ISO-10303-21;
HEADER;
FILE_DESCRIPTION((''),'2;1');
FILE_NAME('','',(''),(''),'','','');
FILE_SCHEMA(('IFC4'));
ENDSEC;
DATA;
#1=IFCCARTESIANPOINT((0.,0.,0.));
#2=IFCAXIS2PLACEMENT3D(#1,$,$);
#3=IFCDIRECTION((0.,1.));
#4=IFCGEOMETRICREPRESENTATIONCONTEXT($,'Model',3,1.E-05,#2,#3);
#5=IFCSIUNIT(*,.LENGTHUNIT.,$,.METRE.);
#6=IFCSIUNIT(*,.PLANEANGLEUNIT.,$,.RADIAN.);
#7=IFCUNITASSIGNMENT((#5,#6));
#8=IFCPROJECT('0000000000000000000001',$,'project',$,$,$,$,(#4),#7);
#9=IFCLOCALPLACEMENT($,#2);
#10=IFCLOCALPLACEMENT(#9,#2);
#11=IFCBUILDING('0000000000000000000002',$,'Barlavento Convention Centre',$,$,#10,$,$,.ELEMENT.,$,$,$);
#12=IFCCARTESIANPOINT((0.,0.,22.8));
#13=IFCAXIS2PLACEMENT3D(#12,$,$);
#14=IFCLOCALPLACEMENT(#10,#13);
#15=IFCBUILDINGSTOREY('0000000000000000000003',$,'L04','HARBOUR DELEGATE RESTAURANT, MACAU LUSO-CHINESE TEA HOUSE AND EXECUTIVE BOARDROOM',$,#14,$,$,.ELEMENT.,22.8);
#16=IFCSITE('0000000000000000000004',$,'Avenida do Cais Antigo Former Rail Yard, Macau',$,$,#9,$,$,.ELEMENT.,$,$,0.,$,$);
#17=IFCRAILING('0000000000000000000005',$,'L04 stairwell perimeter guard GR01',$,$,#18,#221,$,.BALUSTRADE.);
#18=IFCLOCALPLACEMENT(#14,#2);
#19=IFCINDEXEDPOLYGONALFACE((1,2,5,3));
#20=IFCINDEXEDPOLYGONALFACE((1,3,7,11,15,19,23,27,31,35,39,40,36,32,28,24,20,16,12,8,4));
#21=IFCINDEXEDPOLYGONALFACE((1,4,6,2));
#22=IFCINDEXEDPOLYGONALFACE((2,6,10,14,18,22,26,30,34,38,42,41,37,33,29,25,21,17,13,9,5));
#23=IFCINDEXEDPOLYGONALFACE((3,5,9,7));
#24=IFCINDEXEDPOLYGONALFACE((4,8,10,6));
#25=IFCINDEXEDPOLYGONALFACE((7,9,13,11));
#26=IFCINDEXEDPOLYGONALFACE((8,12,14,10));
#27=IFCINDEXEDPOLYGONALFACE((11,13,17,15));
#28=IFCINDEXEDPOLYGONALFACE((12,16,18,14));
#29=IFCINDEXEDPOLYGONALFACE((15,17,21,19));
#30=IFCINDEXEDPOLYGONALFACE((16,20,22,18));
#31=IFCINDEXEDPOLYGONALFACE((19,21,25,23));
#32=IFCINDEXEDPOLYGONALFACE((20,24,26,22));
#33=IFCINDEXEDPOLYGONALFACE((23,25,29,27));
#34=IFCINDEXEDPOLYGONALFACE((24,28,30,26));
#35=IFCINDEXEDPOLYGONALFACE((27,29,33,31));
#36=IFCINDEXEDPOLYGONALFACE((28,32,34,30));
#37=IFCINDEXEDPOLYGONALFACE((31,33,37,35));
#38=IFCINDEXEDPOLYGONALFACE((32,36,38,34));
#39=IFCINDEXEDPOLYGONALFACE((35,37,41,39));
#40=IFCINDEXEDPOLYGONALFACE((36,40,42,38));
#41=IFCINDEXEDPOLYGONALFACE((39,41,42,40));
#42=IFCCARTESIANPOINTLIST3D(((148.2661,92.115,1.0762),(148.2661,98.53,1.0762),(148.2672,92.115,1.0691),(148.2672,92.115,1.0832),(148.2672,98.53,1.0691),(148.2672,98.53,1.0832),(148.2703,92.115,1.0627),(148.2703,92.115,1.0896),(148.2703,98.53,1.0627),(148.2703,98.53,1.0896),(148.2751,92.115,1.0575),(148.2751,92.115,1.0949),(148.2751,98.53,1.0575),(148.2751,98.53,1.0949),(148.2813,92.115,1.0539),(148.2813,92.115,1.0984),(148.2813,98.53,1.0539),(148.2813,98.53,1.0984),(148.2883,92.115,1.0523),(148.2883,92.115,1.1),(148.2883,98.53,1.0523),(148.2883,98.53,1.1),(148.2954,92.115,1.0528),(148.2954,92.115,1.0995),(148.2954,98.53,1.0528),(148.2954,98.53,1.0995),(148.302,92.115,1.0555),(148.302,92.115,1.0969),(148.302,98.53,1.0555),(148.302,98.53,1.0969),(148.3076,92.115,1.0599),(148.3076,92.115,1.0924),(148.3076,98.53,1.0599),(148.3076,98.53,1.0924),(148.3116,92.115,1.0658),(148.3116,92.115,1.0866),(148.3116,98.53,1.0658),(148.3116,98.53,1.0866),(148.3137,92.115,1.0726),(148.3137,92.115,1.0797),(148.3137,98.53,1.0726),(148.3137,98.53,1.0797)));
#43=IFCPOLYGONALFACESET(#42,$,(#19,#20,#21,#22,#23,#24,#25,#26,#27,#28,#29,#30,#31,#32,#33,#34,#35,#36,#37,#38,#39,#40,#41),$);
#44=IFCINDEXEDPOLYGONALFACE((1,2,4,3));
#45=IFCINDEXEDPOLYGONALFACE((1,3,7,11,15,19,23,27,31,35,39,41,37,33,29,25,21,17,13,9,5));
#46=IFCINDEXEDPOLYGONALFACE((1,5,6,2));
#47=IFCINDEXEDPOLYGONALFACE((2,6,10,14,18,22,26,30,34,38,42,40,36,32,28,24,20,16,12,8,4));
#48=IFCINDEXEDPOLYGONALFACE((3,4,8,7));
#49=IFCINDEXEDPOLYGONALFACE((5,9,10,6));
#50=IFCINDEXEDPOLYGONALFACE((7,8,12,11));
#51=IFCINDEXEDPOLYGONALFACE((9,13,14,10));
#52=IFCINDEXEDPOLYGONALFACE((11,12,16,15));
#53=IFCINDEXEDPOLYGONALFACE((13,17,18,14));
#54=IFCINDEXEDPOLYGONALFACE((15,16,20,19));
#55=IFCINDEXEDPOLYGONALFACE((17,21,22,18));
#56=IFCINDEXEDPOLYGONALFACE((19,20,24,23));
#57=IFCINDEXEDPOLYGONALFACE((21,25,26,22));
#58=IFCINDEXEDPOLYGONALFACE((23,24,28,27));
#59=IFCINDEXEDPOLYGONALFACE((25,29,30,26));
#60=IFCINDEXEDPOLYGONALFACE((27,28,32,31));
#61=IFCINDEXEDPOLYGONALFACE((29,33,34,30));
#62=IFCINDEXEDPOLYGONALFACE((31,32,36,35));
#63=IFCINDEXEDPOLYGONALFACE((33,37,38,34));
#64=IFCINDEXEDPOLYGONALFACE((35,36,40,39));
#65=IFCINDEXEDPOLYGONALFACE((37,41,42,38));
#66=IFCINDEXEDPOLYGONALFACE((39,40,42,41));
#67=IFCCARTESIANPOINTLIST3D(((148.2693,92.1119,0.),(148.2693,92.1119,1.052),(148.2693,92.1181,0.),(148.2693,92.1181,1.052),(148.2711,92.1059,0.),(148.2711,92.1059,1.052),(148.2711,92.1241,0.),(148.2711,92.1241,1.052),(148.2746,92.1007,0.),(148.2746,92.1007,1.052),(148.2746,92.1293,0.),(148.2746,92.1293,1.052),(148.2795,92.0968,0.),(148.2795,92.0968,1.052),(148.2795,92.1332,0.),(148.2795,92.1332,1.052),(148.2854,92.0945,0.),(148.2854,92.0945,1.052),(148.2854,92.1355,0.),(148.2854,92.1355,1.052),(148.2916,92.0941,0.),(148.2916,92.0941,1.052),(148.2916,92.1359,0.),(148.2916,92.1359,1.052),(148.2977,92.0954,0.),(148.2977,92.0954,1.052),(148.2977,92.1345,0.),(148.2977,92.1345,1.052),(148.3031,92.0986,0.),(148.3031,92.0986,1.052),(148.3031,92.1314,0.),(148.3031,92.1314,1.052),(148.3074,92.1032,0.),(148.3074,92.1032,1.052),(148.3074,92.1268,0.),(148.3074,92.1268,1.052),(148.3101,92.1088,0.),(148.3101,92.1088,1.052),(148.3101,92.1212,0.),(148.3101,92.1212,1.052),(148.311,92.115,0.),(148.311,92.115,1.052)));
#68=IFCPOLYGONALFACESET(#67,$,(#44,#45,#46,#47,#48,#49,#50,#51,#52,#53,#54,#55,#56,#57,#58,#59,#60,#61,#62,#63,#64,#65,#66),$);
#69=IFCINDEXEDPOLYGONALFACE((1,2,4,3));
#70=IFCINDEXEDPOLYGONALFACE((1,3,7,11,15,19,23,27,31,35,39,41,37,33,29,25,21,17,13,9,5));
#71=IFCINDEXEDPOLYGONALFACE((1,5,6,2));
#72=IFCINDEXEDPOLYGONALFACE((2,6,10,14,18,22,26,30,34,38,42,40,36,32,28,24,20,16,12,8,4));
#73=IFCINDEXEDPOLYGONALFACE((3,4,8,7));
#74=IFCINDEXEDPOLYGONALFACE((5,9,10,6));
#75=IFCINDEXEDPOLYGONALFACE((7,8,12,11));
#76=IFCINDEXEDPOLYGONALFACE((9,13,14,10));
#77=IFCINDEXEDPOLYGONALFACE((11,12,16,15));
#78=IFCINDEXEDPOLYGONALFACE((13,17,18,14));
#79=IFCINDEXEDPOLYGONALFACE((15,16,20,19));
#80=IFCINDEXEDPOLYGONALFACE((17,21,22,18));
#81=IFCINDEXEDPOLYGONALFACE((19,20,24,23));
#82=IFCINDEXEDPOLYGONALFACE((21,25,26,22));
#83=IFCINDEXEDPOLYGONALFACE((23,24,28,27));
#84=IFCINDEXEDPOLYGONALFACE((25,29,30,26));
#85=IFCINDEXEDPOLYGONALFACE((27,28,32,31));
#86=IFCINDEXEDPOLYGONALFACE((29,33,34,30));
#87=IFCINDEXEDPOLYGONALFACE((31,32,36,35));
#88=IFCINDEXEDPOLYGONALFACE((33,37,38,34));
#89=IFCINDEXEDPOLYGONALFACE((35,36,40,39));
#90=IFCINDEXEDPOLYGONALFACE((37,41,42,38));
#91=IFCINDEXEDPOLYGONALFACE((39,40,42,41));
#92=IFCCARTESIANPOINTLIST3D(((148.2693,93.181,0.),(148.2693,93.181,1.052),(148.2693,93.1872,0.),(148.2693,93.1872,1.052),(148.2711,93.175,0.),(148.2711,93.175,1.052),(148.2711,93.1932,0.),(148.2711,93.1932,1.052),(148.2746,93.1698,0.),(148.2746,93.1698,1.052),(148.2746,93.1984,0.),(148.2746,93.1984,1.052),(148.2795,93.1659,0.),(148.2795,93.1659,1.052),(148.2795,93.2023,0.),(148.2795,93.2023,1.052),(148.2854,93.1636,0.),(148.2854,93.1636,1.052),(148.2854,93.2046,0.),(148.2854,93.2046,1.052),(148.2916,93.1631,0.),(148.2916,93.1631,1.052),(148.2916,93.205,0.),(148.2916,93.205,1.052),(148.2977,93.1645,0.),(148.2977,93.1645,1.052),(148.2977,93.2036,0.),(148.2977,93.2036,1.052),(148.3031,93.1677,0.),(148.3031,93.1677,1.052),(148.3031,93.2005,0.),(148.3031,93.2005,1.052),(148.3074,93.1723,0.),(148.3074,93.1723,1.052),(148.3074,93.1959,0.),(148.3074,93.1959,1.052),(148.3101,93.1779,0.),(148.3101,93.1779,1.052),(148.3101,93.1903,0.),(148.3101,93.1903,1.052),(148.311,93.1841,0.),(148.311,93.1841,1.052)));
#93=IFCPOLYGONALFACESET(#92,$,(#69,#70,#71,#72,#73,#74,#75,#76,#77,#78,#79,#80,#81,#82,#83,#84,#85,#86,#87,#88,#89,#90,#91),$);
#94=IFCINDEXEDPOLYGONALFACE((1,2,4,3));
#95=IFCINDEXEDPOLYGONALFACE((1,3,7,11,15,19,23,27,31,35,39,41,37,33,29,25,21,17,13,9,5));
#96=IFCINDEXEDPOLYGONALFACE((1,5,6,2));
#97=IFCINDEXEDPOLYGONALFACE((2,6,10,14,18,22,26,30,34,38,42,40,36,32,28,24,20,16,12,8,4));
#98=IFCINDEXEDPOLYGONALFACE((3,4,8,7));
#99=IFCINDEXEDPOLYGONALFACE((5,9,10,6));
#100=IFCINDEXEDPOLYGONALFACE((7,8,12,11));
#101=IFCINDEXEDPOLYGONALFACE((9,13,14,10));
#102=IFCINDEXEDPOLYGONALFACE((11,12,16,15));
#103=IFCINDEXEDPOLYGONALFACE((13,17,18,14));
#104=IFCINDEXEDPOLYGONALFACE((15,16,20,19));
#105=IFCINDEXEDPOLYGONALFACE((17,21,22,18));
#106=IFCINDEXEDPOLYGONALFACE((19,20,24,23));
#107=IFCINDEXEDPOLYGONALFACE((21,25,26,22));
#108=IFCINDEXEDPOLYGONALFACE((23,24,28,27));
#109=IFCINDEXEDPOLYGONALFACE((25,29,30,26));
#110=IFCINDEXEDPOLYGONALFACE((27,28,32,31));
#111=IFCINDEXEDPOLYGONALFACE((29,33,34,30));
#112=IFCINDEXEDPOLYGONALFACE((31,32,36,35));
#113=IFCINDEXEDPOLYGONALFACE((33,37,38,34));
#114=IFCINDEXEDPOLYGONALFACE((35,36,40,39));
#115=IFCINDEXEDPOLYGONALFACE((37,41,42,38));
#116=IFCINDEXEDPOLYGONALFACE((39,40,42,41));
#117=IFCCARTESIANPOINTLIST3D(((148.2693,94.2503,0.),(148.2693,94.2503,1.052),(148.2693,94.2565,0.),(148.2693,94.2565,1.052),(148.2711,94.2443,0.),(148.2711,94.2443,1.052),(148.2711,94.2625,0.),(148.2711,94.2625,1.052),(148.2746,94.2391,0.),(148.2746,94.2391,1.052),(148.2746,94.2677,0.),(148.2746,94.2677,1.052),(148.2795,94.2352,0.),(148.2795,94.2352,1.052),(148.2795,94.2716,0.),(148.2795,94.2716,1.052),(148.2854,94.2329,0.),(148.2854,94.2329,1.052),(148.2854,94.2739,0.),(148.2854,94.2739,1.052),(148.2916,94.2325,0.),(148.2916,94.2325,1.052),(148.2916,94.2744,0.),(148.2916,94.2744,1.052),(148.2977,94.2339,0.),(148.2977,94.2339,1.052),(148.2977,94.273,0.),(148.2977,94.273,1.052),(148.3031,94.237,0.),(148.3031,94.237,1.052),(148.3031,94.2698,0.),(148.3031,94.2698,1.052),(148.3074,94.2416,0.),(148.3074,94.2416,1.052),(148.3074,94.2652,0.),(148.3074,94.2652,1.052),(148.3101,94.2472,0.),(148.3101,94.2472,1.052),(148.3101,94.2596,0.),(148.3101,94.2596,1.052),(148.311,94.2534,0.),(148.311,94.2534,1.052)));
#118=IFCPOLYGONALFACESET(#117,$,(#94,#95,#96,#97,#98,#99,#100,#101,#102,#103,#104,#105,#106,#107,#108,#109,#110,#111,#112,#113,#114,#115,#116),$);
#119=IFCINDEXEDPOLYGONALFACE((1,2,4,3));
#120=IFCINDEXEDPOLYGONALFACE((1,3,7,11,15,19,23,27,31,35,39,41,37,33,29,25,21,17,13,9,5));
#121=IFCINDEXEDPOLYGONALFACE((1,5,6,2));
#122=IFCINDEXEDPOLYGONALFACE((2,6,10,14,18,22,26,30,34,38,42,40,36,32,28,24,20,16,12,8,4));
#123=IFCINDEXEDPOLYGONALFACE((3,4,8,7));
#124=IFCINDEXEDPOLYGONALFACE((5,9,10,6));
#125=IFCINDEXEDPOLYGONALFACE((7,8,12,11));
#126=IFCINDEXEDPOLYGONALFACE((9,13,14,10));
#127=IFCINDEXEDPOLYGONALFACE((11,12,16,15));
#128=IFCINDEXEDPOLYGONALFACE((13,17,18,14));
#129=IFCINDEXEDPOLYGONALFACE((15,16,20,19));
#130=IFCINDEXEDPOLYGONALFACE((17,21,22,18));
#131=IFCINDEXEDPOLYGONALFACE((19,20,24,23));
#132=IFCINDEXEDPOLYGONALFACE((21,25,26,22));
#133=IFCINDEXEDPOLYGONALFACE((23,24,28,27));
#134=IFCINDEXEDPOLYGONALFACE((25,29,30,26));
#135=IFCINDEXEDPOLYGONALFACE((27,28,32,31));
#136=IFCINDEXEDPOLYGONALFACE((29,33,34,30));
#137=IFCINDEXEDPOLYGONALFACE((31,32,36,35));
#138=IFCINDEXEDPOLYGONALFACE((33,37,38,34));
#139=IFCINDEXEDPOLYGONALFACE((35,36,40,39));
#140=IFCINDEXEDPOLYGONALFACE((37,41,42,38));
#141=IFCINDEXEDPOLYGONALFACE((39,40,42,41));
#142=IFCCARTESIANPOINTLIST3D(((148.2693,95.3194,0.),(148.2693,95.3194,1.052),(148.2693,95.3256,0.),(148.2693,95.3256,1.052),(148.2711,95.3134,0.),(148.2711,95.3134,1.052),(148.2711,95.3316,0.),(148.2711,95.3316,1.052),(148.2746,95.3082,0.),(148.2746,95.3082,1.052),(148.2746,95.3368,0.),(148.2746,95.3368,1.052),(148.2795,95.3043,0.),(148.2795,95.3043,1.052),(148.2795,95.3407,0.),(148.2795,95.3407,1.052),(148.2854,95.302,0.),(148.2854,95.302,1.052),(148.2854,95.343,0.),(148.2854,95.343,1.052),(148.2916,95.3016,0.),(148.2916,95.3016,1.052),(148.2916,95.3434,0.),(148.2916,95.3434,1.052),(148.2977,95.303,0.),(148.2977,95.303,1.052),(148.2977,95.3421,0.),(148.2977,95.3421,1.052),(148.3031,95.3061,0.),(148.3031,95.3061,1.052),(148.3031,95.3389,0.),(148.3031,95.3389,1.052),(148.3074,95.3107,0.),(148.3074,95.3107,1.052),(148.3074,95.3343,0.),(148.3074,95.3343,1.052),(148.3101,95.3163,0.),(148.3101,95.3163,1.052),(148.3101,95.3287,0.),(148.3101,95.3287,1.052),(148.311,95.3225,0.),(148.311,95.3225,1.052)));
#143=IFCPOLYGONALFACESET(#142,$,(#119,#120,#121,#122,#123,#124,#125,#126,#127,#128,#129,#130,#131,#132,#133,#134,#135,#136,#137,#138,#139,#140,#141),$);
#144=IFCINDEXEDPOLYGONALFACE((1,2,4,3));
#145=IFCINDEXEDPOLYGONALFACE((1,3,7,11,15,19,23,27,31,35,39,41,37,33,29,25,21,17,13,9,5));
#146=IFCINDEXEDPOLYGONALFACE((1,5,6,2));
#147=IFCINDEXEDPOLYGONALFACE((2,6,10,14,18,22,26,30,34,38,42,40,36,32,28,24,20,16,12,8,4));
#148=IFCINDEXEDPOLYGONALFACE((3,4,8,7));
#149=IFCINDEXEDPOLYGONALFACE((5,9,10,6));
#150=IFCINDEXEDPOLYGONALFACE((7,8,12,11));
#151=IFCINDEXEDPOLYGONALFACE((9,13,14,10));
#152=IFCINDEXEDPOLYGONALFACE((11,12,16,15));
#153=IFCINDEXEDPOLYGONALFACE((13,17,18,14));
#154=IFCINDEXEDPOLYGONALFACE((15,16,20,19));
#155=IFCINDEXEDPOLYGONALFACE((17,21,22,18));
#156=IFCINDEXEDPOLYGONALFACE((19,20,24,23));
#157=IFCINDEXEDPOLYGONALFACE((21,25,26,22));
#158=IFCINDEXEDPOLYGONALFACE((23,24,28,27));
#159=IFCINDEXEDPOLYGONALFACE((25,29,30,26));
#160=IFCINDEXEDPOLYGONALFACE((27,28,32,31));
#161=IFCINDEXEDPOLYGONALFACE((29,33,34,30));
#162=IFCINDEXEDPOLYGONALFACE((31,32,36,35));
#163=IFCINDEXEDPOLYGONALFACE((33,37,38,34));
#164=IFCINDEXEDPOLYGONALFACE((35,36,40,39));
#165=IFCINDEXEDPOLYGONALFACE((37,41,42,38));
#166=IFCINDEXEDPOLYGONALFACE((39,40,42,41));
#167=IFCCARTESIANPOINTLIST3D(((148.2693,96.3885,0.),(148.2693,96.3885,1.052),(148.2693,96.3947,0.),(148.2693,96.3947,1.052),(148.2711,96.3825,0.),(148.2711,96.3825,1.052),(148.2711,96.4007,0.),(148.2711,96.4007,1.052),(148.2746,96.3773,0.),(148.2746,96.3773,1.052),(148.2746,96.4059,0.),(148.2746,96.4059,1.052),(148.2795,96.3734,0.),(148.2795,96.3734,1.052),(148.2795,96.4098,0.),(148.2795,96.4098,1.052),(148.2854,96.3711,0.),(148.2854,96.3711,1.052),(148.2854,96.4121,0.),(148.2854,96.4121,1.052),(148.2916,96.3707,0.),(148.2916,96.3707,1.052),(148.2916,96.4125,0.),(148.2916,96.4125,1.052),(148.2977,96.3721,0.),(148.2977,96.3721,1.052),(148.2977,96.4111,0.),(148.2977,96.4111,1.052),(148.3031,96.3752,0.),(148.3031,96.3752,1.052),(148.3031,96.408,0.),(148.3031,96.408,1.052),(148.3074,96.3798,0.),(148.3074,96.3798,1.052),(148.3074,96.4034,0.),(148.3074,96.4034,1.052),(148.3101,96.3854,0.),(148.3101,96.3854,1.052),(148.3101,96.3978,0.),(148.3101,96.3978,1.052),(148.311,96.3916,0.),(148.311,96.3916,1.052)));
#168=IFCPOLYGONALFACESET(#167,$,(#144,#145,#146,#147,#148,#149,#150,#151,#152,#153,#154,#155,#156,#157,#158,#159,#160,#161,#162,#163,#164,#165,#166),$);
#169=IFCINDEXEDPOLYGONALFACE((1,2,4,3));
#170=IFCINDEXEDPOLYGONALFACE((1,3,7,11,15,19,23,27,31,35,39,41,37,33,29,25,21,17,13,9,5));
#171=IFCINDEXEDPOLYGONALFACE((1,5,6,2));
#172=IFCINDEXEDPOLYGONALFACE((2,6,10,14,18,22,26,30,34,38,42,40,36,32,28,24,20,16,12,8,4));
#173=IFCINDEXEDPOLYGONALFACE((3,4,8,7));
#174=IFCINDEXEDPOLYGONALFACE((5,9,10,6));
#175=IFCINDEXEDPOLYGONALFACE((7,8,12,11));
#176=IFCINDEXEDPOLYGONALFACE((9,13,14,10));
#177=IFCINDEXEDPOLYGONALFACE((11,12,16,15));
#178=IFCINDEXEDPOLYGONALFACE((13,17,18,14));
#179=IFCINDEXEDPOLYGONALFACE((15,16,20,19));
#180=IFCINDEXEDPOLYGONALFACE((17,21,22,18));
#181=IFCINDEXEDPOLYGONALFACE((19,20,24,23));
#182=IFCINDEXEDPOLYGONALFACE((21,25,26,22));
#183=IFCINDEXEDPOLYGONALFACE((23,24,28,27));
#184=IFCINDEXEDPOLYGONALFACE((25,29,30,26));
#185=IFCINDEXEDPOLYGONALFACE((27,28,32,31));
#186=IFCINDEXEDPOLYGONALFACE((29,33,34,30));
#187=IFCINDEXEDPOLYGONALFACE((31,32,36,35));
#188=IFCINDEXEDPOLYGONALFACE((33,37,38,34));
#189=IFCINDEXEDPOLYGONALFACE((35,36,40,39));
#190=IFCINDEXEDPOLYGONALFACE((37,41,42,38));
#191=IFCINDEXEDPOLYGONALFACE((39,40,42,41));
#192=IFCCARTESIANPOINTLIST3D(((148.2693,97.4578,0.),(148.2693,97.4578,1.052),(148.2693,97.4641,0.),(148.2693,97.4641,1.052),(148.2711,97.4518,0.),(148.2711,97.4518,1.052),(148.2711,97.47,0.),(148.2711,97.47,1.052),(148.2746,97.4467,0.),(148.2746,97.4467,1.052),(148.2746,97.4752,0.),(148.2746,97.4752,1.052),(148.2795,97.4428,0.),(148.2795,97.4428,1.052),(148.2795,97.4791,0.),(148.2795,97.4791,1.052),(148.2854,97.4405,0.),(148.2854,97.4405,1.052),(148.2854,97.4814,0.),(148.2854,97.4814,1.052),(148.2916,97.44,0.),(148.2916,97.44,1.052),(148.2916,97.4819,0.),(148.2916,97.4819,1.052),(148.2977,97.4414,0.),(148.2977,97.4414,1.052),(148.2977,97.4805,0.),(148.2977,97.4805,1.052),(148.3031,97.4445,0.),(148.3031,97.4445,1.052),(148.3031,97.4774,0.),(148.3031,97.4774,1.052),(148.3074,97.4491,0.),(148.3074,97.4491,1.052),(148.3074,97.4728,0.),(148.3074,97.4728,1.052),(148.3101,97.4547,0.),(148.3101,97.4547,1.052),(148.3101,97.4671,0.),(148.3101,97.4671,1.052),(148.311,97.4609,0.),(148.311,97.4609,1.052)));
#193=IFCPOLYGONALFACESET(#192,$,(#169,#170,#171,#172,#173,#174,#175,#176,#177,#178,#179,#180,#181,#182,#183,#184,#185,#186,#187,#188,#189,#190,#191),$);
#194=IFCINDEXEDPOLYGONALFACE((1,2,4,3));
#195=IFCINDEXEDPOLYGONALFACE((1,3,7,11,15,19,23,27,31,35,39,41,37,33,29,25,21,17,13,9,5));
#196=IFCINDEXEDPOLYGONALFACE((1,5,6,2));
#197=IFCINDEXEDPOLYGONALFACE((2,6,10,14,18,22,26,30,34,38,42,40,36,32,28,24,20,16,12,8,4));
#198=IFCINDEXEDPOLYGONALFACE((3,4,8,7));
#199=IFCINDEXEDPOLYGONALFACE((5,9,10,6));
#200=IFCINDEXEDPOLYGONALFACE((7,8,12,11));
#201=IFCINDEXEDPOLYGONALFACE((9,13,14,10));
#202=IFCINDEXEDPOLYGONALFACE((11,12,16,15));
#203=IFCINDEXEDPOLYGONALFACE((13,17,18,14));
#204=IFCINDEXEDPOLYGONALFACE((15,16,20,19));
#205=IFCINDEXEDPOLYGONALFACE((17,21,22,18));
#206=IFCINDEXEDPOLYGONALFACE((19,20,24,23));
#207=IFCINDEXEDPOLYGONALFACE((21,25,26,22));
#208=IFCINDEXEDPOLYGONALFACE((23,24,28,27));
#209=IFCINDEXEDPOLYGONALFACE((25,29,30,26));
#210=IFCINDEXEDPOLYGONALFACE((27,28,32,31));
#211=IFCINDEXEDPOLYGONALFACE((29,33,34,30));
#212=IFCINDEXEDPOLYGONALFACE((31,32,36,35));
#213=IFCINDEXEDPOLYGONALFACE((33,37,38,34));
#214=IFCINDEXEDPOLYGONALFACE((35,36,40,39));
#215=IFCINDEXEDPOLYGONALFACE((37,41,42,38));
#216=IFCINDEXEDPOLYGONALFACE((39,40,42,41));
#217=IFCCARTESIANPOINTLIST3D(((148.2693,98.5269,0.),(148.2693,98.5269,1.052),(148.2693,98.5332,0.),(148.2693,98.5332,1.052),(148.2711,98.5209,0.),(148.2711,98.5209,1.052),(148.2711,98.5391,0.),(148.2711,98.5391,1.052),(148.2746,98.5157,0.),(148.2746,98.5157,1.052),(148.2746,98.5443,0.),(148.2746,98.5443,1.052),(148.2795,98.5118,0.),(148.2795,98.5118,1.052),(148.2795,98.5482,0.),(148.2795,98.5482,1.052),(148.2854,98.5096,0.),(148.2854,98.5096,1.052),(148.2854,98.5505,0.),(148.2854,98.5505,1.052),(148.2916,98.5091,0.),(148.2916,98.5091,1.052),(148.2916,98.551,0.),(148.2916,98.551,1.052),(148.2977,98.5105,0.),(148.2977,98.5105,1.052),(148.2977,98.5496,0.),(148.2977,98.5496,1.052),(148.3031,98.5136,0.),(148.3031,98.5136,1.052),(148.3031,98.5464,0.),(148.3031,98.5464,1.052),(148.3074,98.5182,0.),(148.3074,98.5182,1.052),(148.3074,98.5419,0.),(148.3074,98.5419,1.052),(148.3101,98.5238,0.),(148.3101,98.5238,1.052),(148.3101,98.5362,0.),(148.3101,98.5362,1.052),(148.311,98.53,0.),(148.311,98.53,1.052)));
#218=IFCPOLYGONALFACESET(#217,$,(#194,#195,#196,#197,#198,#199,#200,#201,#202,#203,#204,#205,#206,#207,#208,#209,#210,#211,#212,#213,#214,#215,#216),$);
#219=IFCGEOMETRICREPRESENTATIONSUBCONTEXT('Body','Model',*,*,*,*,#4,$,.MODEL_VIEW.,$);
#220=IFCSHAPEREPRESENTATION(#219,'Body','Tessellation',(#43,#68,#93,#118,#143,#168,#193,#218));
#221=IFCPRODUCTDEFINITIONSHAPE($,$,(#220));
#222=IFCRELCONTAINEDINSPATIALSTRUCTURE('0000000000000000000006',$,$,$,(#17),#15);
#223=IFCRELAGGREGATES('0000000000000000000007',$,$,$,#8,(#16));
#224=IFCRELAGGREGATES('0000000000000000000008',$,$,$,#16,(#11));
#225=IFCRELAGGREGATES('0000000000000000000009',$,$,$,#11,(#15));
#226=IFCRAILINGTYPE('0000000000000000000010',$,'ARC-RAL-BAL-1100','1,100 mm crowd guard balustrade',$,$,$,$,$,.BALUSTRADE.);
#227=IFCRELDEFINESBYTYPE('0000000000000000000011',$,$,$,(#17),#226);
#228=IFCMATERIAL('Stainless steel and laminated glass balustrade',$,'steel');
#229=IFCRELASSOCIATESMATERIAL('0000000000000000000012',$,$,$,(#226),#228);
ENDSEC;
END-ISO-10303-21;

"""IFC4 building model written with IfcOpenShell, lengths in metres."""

from ifc_helpers import new_model, si_unit, direction, frame, origin, origin_2d, place, context, subcontext, project, spatial, circle, extrude, material, type_object, element, save


model = new_model("IFC4")

# Units and contexts
model_context = context("Model", 3, precision=1e-05, world=origin(), true_north=direction((0.0, 1.0)))
body_context = subcontext(model_context, "Body", "Model", "MODEL_VIEW")
ifc_project = project(units=[si_unit("LENGTHUNIT", "METRE"), si_unit("PLANEANGLEUNIT", "RADIAN")], contexts=[model_context])

# Site, building, storey
site_placement = place(None, origin())
site = spatial("IfcSite", under=ifc_project, at=site_placement, Name="Avenida do Cais Antigo Former Rail Yard, Macau", CompositionType="ELEMENT", RefElevation=0.0)
building_placement = place(site_placement, origin())
building = spatial("IfcBuilding", under=site, at=building_placement, Name="Barlavento Convention Centre", CompositionType="ELEMENT")
storey_placement = place(building_placement, frame((0.0, 0.0, 22.8)))
storey = spatial("IfcBuildingStorey", under=building, at=storey_placement, Name="L04", Description="HARBOUR DELEGATE RESTAURANT, MACAU LUSO-CHINESE TEA HOUSE AND EXECUTIVE BOARDROOM", CompositionType="ELEMENT", Elevation=22.8)

# Railing
ifc_material_1 = material(Name="Stainless steel and laminated glass balustrade", Category="steel")
railing_type_1 = type_object("IfcRailingType", Name="ARC-RAL-BAL-1100", Description="1,100 mm crowd guard balustrade", PredefinedType="BALUSTRADE", material=ifc_material_1)
railing_1_placement = place(storey_placement, frame((148.29, 92.115, 0.0)))
element("IfcRailing", 1, at=railing_1_placement, inside=storey, type_object=railing_type_1, Name="L04 stairwell perimeter guard GR01", PredefinedType="BALUSTRADE", context=body_context, shape_type="SweptSolid", body=[
    extrude(circle(Radius=0.0239, at=origin_2d()), frame((0.0, 0.0, 1.0762), z_axis=(0.0, 1.0, 0.0), x_axis=(-1.0, 0.0, 0.0)), (0.0, 0.0, 1.0), 6.415),
    extrude(circle(Radius=0.021, at=origin_2d()), origin(), (0.0, 0.0, 1.0), 1.052),
    extrude(circle(Radius=0.021, at=origin_2d()), frame((0.0, 1.0691, 0.0)), (0.0, 0.0, 1.0), 1.052),
    extrude(circle(Radius=0.021, at=origin_2d()), frame((0.0, 2.1384, 0.0)), (0.0, 0.0, 1.0), 1.052),
    extrude(circle(Radius=0.021, at=origin_2d()), frame((0.0, 3.2075, 0.0)), (0.0, 0.0, 1.0), 1.052),
    extrude(circle(Radius=0.021, at=origin_2d()), frame((0.0, 4.2766, 0.0)), (0.0, 0.0, 1.0), 1.052),
    extrude(circle(Radius=0.021, at=origin_2d()), frame((0.0, 5.3459, 0.0)), (0.0, 0.0, 1.0), 1.052),
    extrude(circle(Radius=0.021, at=origin_2d()), frame((0.0, 6.415, 0.0)), (0.0, 0.0, 1.0), 1.052),
])

save(model, "model.ifc")
